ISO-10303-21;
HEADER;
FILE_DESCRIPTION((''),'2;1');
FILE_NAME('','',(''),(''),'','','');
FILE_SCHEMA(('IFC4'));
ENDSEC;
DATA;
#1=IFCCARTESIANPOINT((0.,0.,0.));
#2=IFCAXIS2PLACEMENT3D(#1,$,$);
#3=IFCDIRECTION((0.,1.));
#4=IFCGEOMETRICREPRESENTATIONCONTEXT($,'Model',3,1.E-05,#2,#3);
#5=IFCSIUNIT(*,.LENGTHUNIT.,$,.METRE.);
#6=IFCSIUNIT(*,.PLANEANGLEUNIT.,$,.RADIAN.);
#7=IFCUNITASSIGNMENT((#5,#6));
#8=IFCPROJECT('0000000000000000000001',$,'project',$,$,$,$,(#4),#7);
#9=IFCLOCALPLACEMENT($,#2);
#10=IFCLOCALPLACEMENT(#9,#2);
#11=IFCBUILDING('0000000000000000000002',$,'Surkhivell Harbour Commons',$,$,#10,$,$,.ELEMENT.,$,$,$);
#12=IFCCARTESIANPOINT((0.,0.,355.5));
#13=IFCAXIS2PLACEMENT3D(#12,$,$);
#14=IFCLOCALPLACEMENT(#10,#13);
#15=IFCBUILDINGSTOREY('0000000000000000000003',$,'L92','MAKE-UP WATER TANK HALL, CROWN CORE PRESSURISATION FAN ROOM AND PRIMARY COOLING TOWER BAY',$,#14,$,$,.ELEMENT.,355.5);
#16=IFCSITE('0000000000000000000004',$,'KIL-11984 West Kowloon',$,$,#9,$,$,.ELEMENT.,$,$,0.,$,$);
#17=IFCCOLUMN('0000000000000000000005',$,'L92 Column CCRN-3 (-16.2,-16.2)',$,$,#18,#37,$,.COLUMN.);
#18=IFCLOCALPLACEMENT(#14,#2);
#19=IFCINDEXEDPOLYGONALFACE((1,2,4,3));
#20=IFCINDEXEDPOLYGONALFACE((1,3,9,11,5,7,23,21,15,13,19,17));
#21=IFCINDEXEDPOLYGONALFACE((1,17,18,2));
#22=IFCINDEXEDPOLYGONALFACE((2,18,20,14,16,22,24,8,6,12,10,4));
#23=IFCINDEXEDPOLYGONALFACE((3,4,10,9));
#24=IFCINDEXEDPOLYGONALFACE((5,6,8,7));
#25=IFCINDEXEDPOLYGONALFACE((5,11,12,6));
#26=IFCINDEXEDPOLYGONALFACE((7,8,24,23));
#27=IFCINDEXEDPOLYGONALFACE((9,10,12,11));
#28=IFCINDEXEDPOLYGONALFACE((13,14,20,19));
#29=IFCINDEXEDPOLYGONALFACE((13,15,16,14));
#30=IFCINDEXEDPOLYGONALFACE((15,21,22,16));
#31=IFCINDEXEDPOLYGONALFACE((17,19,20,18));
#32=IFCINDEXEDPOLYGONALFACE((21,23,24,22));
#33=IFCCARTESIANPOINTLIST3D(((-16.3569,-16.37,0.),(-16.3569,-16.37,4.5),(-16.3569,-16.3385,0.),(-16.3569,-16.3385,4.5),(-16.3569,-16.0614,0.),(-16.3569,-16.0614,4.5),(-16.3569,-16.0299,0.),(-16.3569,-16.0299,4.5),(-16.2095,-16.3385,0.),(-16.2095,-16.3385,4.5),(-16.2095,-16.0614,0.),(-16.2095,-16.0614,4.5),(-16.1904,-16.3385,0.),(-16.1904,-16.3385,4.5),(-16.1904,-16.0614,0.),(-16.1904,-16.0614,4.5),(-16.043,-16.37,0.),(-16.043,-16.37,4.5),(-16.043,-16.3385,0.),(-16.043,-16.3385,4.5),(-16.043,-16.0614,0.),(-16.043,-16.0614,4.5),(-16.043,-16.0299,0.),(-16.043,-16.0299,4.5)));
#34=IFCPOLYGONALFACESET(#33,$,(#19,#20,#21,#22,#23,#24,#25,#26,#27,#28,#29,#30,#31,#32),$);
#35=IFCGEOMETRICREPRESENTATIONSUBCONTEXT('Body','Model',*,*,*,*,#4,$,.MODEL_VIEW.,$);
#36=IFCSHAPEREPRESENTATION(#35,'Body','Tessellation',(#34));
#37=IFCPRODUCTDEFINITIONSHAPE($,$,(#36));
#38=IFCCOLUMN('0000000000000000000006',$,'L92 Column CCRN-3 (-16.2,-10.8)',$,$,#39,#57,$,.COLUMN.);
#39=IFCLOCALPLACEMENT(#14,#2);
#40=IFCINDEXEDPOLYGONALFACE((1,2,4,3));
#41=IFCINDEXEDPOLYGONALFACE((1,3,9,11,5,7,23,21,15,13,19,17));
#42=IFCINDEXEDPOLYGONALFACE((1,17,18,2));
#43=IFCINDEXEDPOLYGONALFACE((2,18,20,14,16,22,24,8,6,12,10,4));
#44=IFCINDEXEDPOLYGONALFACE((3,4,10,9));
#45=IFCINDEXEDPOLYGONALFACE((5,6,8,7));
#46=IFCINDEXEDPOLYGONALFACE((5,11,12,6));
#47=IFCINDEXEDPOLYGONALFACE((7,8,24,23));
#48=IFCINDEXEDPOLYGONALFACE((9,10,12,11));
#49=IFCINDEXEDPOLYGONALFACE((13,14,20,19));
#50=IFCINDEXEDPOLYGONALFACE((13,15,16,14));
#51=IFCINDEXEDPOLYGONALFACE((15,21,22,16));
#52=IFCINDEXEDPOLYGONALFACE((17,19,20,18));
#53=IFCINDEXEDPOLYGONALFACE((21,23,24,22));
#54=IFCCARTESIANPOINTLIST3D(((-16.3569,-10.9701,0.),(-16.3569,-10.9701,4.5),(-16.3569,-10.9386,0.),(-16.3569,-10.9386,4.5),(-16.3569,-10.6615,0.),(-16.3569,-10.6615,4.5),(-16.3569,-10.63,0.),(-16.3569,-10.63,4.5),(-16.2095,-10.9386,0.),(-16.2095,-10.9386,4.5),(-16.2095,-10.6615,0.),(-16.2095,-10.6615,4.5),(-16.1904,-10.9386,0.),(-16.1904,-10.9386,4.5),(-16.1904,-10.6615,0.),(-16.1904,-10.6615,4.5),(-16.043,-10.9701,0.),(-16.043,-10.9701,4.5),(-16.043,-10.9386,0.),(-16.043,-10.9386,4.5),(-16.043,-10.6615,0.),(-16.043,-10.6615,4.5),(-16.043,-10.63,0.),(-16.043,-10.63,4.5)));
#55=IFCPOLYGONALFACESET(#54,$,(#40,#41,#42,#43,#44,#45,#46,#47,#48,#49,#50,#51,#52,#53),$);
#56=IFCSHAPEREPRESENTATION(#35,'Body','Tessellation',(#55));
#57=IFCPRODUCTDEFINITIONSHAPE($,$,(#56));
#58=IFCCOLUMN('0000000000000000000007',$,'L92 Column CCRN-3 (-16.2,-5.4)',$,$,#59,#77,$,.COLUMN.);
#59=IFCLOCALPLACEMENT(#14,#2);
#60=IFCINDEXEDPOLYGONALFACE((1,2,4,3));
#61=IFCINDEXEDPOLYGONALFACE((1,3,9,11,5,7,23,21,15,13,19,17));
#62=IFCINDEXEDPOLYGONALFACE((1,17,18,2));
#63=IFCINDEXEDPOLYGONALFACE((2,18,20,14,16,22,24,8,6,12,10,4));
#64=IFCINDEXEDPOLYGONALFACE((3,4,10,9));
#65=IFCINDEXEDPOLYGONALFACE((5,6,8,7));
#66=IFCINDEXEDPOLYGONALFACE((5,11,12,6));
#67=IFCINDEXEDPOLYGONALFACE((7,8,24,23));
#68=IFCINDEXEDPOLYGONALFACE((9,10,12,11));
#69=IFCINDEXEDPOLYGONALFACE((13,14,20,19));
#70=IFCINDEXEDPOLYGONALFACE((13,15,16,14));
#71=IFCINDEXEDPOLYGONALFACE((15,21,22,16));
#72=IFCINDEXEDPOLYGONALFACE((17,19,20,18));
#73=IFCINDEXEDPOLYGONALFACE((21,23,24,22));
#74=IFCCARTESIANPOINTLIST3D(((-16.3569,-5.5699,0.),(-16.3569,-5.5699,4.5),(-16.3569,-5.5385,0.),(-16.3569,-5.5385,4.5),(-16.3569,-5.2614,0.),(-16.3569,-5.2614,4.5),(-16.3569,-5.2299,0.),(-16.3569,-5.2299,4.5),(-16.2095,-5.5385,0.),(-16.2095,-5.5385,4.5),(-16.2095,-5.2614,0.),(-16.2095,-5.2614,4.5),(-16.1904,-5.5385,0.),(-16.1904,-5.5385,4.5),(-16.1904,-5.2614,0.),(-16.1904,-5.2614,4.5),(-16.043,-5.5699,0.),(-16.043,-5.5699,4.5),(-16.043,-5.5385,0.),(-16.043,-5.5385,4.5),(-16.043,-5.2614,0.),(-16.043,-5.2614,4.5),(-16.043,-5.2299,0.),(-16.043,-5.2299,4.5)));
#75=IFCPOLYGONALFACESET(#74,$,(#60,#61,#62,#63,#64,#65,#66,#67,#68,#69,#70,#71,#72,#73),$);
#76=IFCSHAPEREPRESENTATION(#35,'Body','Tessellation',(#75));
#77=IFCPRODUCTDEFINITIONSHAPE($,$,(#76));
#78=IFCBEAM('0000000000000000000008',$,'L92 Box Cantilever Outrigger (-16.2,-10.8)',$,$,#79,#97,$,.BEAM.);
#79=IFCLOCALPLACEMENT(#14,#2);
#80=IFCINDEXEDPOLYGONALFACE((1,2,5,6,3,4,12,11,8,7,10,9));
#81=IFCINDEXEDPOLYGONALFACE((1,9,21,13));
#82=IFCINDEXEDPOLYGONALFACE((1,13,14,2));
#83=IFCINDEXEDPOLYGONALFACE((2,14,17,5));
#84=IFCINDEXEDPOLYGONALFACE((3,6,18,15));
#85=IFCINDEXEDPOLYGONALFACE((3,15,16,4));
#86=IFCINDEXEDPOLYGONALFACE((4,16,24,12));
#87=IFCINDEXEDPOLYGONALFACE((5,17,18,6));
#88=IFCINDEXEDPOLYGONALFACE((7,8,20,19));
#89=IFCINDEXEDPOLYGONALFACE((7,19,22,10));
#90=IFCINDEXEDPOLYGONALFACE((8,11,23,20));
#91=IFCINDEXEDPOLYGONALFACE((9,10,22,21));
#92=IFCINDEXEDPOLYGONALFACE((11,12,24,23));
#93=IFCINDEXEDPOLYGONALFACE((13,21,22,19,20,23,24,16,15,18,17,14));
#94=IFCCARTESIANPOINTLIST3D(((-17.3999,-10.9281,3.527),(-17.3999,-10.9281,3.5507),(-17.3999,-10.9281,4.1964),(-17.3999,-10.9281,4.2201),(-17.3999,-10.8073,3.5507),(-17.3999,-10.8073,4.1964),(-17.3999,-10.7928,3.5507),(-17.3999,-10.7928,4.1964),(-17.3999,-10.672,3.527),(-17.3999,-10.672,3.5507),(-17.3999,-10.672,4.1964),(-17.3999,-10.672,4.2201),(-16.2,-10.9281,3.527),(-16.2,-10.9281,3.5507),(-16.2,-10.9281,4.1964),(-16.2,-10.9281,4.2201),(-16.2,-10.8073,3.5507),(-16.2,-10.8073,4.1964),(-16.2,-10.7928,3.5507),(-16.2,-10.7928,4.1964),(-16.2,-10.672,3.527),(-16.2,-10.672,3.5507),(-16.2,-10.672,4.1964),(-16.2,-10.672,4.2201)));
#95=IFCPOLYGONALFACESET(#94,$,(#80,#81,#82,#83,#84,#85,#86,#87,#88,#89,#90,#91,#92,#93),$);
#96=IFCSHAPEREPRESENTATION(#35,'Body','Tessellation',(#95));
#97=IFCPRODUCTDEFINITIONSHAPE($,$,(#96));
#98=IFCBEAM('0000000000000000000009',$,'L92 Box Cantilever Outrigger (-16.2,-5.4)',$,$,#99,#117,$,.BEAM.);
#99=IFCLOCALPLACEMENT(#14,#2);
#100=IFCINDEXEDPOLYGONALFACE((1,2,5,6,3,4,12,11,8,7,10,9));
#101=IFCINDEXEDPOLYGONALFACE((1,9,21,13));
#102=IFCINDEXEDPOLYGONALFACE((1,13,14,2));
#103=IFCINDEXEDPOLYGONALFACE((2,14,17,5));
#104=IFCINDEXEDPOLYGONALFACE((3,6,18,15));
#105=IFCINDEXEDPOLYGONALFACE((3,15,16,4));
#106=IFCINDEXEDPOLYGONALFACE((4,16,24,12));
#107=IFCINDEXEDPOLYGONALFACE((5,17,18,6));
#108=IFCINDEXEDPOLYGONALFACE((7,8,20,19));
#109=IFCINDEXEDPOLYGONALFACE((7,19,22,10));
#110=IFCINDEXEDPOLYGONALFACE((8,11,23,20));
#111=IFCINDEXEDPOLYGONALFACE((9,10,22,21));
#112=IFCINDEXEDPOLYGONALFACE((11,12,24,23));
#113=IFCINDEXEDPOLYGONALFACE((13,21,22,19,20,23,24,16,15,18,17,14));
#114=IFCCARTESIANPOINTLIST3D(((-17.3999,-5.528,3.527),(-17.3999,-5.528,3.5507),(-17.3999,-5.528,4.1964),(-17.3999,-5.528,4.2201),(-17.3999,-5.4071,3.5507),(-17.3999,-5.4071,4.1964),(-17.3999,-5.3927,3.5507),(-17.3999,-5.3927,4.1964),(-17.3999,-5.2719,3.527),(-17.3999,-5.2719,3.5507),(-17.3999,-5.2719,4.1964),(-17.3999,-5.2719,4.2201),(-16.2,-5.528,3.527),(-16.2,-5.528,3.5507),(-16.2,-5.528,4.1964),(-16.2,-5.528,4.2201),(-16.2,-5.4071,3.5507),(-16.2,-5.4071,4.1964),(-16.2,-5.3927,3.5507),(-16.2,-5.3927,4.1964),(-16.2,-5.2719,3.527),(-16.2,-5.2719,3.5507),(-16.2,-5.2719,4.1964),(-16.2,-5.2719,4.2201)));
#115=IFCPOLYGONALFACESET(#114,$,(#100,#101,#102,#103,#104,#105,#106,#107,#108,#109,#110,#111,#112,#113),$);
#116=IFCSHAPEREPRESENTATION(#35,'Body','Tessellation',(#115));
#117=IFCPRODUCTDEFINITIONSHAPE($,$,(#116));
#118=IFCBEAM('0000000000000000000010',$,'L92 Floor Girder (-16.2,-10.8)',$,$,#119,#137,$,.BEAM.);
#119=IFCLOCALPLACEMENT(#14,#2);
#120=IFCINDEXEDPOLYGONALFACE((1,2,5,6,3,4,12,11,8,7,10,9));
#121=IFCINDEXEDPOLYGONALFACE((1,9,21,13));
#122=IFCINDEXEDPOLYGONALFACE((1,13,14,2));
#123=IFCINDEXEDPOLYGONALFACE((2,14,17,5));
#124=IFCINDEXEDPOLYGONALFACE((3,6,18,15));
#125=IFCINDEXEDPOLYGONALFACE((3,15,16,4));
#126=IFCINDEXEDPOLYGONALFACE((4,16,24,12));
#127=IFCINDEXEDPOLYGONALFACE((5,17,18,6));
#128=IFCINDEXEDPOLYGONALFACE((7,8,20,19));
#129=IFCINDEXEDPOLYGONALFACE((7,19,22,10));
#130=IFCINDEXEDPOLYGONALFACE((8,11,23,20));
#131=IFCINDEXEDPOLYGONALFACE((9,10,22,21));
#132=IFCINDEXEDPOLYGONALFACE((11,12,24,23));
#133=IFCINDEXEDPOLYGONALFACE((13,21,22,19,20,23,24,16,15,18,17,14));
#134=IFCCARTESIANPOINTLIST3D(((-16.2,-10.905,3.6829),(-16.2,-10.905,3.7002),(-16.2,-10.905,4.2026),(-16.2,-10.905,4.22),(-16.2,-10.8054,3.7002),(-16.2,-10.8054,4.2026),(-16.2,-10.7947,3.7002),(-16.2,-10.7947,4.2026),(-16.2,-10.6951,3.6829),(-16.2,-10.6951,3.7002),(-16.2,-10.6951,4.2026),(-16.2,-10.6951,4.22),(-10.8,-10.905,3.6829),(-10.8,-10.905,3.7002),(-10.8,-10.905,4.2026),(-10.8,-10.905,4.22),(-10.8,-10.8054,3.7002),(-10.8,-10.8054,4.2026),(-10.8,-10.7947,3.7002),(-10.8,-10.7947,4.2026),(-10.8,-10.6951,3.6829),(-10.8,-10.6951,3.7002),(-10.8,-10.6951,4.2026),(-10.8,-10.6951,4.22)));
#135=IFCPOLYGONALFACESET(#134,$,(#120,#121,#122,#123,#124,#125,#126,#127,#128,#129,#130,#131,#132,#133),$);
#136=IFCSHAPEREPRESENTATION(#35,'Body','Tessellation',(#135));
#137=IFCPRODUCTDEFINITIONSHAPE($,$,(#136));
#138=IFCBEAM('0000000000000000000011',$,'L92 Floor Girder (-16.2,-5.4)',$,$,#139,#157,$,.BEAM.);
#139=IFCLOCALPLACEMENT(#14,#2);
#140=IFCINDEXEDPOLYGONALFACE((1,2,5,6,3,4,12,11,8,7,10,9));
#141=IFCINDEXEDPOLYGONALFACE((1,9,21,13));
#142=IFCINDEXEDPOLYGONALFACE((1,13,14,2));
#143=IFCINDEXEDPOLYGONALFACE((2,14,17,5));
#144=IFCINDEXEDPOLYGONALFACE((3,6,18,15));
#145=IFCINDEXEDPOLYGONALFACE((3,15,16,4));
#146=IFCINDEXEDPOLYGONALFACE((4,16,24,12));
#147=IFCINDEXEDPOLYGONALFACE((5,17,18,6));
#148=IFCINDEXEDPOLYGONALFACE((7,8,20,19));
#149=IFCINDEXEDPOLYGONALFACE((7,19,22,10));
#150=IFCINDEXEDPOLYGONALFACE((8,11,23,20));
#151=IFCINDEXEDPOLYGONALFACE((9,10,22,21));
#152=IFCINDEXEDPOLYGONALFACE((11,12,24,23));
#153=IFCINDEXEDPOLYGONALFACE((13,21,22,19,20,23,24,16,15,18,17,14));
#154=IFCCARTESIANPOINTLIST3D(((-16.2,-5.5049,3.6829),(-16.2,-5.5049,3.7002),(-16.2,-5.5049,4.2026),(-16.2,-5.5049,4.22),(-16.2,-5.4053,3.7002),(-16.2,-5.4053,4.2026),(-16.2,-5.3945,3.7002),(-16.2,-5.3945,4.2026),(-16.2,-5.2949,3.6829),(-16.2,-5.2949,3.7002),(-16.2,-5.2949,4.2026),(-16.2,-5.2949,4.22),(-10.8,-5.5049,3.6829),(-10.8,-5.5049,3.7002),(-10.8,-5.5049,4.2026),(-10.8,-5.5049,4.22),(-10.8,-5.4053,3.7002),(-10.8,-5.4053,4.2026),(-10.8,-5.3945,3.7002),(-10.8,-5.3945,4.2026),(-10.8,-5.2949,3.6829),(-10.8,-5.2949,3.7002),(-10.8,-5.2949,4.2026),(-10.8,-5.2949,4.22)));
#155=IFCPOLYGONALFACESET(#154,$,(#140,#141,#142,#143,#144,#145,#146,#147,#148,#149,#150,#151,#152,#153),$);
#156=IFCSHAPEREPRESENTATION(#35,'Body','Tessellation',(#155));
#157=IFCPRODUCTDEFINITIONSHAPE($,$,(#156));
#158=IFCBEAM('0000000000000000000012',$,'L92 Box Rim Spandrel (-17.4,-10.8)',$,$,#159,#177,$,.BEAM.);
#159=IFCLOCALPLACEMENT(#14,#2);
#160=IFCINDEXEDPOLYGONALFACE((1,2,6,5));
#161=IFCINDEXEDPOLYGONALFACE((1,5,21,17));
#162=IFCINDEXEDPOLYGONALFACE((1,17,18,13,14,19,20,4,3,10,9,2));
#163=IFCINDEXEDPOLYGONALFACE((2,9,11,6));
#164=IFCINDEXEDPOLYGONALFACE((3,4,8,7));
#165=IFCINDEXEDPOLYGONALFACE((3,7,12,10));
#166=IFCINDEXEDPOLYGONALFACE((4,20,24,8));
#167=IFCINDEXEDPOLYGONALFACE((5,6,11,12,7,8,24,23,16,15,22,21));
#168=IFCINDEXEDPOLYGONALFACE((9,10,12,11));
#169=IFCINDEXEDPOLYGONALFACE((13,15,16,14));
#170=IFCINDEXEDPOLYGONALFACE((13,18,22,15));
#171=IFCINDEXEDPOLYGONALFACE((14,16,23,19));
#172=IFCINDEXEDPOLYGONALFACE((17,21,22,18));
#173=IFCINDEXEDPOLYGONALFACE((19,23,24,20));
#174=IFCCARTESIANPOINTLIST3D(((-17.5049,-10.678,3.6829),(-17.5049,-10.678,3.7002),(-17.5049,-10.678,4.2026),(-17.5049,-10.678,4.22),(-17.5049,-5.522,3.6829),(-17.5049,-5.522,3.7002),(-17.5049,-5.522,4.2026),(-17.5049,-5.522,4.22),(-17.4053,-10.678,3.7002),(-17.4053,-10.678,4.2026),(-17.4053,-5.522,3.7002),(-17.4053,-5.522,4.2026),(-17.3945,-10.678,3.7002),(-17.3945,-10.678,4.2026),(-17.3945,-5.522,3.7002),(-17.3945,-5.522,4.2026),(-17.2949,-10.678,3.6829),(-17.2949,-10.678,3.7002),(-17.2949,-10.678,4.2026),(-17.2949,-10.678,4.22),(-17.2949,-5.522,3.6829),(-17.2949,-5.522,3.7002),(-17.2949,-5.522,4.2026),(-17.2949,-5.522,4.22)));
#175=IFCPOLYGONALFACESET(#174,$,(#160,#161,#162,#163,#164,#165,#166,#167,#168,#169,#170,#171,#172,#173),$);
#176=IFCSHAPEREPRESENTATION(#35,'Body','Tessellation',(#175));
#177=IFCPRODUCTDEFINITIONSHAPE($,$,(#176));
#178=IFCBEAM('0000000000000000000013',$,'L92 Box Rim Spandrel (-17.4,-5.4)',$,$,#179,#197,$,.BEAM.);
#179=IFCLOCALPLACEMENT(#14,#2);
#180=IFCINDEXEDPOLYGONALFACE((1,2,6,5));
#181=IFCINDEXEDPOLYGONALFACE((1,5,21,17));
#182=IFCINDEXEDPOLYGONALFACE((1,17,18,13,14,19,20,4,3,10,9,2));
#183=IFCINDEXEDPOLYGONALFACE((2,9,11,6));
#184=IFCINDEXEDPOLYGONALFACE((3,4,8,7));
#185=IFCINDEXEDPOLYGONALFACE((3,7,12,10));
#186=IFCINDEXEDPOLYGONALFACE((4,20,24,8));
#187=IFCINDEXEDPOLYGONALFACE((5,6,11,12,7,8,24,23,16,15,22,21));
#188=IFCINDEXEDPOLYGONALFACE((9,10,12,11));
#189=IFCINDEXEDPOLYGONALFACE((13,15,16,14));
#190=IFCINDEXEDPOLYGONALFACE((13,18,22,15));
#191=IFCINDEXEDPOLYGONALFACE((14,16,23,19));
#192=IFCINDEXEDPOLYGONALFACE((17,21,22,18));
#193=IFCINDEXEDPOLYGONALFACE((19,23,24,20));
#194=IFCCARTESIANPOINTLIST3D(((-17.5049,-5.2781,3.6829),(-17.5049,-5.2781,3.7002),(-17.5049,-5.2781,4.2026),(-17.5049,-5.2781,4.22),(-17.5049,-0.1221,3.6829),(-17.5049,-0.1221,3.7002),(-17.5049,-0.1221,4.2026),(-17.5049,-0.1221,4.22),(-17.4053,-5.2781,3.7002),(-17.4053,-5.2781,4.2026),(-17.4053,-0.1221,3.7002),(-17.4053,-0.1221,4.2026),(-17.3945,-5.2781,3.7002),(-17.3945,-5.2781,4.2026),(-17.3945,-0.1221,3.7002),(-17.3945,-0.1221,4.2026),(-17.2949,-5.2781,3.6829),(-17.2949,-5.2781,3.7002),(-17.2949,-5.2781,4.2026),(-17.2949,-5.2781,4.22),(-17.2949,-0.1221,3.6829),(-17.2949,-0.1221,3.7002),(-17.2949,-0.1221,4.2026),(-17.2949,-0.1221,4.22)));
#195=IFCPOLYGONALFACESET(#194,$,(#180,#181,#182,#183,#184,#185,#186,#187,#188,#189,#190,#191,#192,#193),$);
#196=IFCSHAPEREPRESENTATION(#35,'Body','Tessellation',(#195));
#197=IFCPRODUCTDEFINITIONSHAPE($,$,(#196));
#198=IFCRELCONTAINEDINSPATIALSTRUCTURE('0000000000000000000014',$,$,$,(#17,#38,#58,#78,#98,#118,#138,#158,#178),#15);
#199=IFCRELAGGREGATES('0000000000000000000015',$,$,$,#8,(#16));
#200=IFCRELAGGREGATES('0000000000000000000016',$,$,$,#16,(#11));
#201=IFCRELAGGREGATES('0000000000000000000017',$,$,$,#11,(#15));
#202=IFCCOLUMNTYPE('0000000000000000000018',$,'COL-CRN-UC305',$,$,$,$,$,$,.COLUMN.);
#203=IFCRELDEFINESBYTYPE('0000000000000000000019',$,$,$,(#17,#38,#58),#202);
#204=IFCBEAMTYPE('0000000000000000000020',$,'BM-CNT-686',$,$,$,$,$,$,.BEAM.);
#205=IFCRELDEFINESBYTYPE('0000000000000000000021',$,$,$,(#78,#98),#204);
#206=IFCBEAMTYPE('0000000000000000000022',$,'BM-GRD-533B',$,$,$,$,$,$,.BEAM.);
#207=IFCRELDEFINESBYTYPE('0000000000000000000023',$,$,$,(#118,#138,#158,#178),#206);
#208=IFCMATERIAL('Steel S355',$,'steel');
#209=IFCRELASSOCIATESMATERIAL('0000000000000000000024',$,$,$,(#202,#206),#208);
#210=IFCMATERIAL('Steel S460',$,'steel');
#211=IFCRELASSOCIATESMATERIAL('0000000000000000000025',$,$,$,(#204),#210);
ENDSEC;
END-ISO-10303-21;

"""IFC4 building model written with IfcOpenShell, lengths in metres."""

from ifc_helpers import new_model, si_unit, direction, frame, origin, origin_2d, place, context, subcontext, project, spatial, i_section, extrude, material, material_profile, profile_set, type_object, element, save


model = new_model("IFC4")

# Units and contexts
model_context = context("Model", 3, precision=1e-05, world=origin(), true_north=direction((0.0, 1.0)))
body_context = subcontext(model_context, "Body", "Model", "MODEL_VIEW")
ifc_project = project(units=[si_unit("LENGTHUNIT", "METRE"), si_unit("PLANEANGLEUNIT", "RADIAN")], contexts=[model_context])

# Site, building, storey
site_placement = place(None, origin())
site = spatial("IfcSite", under=ifc_project, at=site_placement, Name="KIL-11984 West Kowloon", CompositionType="ELEMENT", RefElevation=0.0)
building_placement = place(site_placement, origin())
building = spatial("IfcBuilding", under=site, at=building_placement, Name="Surkhivell Harbour Commons", CompositionType="ELEMENT")
storey_placement = place(building_placement, frame((0.0, 0.0, 355.5)))
storey = spatial("IfcBuildingStorey", under=building, at=storey_placement, Name="L92", Description="MAKE-UP WATER TANK HALL, CROWN CORE PRESSURISATION FAN ROOM AND PRIMARY COOLING TOWER BAY", CompositionType="ELEMENT", Elevation=355.5)

# Columns
ifc_material_1 = material(Name="Steel S355", Category="steel")
ifc_material_profile_1 = material_profile(ifc_material_1, i_section(OverallWidth=0.314, OverallDepth=0.3401, WebThickness=0.019, FlangeThickness=0.0315, at=origin_2d()), Name="UC305x305x198")
ifc_profile_set_1 = profile_set([ifc_material_profile_1], Name="Steel S355")
column_type = type_object("IfcColumnType", Name="COL-CRN-UC305", PredefinedType="COLUMN", material=ifc_profile_set_1)
for number, where, z_axis, x_axis, name in (
    (1, (-16.2, -16.2, 0.0), (0.0, 0.0, 1.0), (1.0, 0.0, 0.0), "L92 Column CCRN-3 (-16.2,-16.2)"),
    (2, (-16.2, -10.8, 0.0), (0.0, 0.0, 1.0), (1.0, 0.0, 0.0), "L92 Column CCRN-3 (-16.2,-10.8)"),
    (3, (-16.2, -5.3999, 0.0), (0.0, 0.0, 1.0), (1.0, 0.0, 0.0), "L92 Column CCRN-3 (-16.2,-5.4)"),
):
    element("IfcColumn", number, at=place(storey_placement, frame(where, z_axis=z_axis, x_axis=x_axis)), inside=storey, type_object=column_type, Name=name, PredefinedType="COLUMN", context=body_context, shape_type="SweptSolid", body=[
        extrude(i_section(OverallWidth=0.314, OverallDepth=0.3401, WebThickness=0.019, FlangeThickness=0.0315, at=origin_2d()), origin(), (0.0, 0.0, 1.0), 4.5),
    ])

# Beams
ifc_material_2 = material(Name="Steel S460", Category="steel")
ifc_material_profile_2 = material_profile(ifc_material_2, i_section(OverallWidth=0.2561, OverallDepth=0.6931, WebThickness=0.0144, FlangeThickness=0.0237, at=origin_2d()), Name="UB686x254x170")
ifc_profile_set_2 = profile_set([ifc_material_profile_2], Name="Steel S460")
beam_type_1 = type_object("IfcBeamType", Name="BM-CNT-686", PredefinedType="BEAM", material=ifc_profile_set_2)
for number, where, z_axis, x_axis, name in (
    (4, (-16.2, -10.8, 3.8735), (-1.0, 0.0, 0.0), (0.0, -1.0, 0.0), "L92 Box Cantilever Outrigger (-16.2,-10.8)"),
    (5, (-16.2, -5.3999, 3.8735), (-1.0, 0.0, 0.0), (0.0, -1.0, 0.0), "L92 Box Cantilever Outrigger (-16.2,-5.4)"),
):
    element("IfcBeam", number, at=place(storey_placement, frame(where, z_axis=z_axis, x_axis=x_axis)), inside=storey, type_object=beam_type_1, Name=name, PredefinedType="BEAM", context=body_context, shape_type="SweptSolid", body=[
        extrude(i_section(OverallWidth=0.2561, OverallDepth=0.6931, WebThickness=0.0144, FlangeThickness=0.0237, at=origin_2d()), origin(), (0.0, 0.0, 1.0), 1.2),
    ])
ifc_material_profile_3 = material_profile(ifc_material_1, i_section(OverallWidth=0.21, OverallDepth=0.5371, WebThickness=0.0107, FlangeThickness=0.0173, at=origin_2d()), Name="UB533x210x101")
ifc_profile_set_3 = profile_set([ifc_material_profile_3], Name="Steel S355")
beam_type_2 = type_object("IfcBeamType", Name="BM-GRD-533B", PredefinedType="BEAM", material=ifc_profile_set_3)
for number, where, z_axis, x_axis, name in (
    (6, (-16.2, -10.8, 3.9514), (1.0, 0.0, 0.0), (0.0, 1.0, 0.0), "L92 Floor Girder (-16.2,-10.8)"),
    (7, (-16.2, -5.3999, 3.9514), (1.0, 0.0, 0.0), (0.0, 1.0, 0.0), "L92 Floor Girder (-16.2,-5.4)"),
):
    element("IfcBeam", number, at=place(storey_placement, frame(where, z_axis=z_axis, x_axis=x_axis)), inside=storey, type_object=beam_type_2, Name=name, PredefinedType="BEAM", context=body_context, shape_type="SweptSolid", body=[
        extrude(i_section(OverallWidth=0.21, OverallDepth=0.5371, WebThickness=0.0107, FlangeThickness=0.0173, at=origin_2d()), origin(), (0.0, 0.0, 1.0), 5.3999),
    ])
for number, where, z_axis, x_axis, name in (
    (8, (-17.3999, -10.678, 3.9514), (0.0, 1.0, 0.0), (-1.0, 0.0, 0.0), "L92 Box Rim Spandrel (-17.4,-10.8)"),
    (9, (-17.3999, -5.2781, 3.9514), (0.0, 1.0, 0.0), (-1.0, 0.0, 0.0), "L92 Box Rim Spandrel (-17.4,-5.4)"),
):
    element("IfcBeam", number, at=place(storey_placement, frame(where, z_axis=z_axis, x_axis=x_axis)), inside=storey, type_object=beam_type_2, Name=name, PredefinedType="BEAM", context=body_context, shape_type="SweptSolid", body=[
        extrude(i_section(OverallWidth=0.21, OverallDepth=0.5371, WebThickness=0.0107, FlangeThickness=0.0173, at=origin_2d()), origin(), (0.0, 0.0, 1.0), 5.156),
    ])

save(model, "model.ifc")
